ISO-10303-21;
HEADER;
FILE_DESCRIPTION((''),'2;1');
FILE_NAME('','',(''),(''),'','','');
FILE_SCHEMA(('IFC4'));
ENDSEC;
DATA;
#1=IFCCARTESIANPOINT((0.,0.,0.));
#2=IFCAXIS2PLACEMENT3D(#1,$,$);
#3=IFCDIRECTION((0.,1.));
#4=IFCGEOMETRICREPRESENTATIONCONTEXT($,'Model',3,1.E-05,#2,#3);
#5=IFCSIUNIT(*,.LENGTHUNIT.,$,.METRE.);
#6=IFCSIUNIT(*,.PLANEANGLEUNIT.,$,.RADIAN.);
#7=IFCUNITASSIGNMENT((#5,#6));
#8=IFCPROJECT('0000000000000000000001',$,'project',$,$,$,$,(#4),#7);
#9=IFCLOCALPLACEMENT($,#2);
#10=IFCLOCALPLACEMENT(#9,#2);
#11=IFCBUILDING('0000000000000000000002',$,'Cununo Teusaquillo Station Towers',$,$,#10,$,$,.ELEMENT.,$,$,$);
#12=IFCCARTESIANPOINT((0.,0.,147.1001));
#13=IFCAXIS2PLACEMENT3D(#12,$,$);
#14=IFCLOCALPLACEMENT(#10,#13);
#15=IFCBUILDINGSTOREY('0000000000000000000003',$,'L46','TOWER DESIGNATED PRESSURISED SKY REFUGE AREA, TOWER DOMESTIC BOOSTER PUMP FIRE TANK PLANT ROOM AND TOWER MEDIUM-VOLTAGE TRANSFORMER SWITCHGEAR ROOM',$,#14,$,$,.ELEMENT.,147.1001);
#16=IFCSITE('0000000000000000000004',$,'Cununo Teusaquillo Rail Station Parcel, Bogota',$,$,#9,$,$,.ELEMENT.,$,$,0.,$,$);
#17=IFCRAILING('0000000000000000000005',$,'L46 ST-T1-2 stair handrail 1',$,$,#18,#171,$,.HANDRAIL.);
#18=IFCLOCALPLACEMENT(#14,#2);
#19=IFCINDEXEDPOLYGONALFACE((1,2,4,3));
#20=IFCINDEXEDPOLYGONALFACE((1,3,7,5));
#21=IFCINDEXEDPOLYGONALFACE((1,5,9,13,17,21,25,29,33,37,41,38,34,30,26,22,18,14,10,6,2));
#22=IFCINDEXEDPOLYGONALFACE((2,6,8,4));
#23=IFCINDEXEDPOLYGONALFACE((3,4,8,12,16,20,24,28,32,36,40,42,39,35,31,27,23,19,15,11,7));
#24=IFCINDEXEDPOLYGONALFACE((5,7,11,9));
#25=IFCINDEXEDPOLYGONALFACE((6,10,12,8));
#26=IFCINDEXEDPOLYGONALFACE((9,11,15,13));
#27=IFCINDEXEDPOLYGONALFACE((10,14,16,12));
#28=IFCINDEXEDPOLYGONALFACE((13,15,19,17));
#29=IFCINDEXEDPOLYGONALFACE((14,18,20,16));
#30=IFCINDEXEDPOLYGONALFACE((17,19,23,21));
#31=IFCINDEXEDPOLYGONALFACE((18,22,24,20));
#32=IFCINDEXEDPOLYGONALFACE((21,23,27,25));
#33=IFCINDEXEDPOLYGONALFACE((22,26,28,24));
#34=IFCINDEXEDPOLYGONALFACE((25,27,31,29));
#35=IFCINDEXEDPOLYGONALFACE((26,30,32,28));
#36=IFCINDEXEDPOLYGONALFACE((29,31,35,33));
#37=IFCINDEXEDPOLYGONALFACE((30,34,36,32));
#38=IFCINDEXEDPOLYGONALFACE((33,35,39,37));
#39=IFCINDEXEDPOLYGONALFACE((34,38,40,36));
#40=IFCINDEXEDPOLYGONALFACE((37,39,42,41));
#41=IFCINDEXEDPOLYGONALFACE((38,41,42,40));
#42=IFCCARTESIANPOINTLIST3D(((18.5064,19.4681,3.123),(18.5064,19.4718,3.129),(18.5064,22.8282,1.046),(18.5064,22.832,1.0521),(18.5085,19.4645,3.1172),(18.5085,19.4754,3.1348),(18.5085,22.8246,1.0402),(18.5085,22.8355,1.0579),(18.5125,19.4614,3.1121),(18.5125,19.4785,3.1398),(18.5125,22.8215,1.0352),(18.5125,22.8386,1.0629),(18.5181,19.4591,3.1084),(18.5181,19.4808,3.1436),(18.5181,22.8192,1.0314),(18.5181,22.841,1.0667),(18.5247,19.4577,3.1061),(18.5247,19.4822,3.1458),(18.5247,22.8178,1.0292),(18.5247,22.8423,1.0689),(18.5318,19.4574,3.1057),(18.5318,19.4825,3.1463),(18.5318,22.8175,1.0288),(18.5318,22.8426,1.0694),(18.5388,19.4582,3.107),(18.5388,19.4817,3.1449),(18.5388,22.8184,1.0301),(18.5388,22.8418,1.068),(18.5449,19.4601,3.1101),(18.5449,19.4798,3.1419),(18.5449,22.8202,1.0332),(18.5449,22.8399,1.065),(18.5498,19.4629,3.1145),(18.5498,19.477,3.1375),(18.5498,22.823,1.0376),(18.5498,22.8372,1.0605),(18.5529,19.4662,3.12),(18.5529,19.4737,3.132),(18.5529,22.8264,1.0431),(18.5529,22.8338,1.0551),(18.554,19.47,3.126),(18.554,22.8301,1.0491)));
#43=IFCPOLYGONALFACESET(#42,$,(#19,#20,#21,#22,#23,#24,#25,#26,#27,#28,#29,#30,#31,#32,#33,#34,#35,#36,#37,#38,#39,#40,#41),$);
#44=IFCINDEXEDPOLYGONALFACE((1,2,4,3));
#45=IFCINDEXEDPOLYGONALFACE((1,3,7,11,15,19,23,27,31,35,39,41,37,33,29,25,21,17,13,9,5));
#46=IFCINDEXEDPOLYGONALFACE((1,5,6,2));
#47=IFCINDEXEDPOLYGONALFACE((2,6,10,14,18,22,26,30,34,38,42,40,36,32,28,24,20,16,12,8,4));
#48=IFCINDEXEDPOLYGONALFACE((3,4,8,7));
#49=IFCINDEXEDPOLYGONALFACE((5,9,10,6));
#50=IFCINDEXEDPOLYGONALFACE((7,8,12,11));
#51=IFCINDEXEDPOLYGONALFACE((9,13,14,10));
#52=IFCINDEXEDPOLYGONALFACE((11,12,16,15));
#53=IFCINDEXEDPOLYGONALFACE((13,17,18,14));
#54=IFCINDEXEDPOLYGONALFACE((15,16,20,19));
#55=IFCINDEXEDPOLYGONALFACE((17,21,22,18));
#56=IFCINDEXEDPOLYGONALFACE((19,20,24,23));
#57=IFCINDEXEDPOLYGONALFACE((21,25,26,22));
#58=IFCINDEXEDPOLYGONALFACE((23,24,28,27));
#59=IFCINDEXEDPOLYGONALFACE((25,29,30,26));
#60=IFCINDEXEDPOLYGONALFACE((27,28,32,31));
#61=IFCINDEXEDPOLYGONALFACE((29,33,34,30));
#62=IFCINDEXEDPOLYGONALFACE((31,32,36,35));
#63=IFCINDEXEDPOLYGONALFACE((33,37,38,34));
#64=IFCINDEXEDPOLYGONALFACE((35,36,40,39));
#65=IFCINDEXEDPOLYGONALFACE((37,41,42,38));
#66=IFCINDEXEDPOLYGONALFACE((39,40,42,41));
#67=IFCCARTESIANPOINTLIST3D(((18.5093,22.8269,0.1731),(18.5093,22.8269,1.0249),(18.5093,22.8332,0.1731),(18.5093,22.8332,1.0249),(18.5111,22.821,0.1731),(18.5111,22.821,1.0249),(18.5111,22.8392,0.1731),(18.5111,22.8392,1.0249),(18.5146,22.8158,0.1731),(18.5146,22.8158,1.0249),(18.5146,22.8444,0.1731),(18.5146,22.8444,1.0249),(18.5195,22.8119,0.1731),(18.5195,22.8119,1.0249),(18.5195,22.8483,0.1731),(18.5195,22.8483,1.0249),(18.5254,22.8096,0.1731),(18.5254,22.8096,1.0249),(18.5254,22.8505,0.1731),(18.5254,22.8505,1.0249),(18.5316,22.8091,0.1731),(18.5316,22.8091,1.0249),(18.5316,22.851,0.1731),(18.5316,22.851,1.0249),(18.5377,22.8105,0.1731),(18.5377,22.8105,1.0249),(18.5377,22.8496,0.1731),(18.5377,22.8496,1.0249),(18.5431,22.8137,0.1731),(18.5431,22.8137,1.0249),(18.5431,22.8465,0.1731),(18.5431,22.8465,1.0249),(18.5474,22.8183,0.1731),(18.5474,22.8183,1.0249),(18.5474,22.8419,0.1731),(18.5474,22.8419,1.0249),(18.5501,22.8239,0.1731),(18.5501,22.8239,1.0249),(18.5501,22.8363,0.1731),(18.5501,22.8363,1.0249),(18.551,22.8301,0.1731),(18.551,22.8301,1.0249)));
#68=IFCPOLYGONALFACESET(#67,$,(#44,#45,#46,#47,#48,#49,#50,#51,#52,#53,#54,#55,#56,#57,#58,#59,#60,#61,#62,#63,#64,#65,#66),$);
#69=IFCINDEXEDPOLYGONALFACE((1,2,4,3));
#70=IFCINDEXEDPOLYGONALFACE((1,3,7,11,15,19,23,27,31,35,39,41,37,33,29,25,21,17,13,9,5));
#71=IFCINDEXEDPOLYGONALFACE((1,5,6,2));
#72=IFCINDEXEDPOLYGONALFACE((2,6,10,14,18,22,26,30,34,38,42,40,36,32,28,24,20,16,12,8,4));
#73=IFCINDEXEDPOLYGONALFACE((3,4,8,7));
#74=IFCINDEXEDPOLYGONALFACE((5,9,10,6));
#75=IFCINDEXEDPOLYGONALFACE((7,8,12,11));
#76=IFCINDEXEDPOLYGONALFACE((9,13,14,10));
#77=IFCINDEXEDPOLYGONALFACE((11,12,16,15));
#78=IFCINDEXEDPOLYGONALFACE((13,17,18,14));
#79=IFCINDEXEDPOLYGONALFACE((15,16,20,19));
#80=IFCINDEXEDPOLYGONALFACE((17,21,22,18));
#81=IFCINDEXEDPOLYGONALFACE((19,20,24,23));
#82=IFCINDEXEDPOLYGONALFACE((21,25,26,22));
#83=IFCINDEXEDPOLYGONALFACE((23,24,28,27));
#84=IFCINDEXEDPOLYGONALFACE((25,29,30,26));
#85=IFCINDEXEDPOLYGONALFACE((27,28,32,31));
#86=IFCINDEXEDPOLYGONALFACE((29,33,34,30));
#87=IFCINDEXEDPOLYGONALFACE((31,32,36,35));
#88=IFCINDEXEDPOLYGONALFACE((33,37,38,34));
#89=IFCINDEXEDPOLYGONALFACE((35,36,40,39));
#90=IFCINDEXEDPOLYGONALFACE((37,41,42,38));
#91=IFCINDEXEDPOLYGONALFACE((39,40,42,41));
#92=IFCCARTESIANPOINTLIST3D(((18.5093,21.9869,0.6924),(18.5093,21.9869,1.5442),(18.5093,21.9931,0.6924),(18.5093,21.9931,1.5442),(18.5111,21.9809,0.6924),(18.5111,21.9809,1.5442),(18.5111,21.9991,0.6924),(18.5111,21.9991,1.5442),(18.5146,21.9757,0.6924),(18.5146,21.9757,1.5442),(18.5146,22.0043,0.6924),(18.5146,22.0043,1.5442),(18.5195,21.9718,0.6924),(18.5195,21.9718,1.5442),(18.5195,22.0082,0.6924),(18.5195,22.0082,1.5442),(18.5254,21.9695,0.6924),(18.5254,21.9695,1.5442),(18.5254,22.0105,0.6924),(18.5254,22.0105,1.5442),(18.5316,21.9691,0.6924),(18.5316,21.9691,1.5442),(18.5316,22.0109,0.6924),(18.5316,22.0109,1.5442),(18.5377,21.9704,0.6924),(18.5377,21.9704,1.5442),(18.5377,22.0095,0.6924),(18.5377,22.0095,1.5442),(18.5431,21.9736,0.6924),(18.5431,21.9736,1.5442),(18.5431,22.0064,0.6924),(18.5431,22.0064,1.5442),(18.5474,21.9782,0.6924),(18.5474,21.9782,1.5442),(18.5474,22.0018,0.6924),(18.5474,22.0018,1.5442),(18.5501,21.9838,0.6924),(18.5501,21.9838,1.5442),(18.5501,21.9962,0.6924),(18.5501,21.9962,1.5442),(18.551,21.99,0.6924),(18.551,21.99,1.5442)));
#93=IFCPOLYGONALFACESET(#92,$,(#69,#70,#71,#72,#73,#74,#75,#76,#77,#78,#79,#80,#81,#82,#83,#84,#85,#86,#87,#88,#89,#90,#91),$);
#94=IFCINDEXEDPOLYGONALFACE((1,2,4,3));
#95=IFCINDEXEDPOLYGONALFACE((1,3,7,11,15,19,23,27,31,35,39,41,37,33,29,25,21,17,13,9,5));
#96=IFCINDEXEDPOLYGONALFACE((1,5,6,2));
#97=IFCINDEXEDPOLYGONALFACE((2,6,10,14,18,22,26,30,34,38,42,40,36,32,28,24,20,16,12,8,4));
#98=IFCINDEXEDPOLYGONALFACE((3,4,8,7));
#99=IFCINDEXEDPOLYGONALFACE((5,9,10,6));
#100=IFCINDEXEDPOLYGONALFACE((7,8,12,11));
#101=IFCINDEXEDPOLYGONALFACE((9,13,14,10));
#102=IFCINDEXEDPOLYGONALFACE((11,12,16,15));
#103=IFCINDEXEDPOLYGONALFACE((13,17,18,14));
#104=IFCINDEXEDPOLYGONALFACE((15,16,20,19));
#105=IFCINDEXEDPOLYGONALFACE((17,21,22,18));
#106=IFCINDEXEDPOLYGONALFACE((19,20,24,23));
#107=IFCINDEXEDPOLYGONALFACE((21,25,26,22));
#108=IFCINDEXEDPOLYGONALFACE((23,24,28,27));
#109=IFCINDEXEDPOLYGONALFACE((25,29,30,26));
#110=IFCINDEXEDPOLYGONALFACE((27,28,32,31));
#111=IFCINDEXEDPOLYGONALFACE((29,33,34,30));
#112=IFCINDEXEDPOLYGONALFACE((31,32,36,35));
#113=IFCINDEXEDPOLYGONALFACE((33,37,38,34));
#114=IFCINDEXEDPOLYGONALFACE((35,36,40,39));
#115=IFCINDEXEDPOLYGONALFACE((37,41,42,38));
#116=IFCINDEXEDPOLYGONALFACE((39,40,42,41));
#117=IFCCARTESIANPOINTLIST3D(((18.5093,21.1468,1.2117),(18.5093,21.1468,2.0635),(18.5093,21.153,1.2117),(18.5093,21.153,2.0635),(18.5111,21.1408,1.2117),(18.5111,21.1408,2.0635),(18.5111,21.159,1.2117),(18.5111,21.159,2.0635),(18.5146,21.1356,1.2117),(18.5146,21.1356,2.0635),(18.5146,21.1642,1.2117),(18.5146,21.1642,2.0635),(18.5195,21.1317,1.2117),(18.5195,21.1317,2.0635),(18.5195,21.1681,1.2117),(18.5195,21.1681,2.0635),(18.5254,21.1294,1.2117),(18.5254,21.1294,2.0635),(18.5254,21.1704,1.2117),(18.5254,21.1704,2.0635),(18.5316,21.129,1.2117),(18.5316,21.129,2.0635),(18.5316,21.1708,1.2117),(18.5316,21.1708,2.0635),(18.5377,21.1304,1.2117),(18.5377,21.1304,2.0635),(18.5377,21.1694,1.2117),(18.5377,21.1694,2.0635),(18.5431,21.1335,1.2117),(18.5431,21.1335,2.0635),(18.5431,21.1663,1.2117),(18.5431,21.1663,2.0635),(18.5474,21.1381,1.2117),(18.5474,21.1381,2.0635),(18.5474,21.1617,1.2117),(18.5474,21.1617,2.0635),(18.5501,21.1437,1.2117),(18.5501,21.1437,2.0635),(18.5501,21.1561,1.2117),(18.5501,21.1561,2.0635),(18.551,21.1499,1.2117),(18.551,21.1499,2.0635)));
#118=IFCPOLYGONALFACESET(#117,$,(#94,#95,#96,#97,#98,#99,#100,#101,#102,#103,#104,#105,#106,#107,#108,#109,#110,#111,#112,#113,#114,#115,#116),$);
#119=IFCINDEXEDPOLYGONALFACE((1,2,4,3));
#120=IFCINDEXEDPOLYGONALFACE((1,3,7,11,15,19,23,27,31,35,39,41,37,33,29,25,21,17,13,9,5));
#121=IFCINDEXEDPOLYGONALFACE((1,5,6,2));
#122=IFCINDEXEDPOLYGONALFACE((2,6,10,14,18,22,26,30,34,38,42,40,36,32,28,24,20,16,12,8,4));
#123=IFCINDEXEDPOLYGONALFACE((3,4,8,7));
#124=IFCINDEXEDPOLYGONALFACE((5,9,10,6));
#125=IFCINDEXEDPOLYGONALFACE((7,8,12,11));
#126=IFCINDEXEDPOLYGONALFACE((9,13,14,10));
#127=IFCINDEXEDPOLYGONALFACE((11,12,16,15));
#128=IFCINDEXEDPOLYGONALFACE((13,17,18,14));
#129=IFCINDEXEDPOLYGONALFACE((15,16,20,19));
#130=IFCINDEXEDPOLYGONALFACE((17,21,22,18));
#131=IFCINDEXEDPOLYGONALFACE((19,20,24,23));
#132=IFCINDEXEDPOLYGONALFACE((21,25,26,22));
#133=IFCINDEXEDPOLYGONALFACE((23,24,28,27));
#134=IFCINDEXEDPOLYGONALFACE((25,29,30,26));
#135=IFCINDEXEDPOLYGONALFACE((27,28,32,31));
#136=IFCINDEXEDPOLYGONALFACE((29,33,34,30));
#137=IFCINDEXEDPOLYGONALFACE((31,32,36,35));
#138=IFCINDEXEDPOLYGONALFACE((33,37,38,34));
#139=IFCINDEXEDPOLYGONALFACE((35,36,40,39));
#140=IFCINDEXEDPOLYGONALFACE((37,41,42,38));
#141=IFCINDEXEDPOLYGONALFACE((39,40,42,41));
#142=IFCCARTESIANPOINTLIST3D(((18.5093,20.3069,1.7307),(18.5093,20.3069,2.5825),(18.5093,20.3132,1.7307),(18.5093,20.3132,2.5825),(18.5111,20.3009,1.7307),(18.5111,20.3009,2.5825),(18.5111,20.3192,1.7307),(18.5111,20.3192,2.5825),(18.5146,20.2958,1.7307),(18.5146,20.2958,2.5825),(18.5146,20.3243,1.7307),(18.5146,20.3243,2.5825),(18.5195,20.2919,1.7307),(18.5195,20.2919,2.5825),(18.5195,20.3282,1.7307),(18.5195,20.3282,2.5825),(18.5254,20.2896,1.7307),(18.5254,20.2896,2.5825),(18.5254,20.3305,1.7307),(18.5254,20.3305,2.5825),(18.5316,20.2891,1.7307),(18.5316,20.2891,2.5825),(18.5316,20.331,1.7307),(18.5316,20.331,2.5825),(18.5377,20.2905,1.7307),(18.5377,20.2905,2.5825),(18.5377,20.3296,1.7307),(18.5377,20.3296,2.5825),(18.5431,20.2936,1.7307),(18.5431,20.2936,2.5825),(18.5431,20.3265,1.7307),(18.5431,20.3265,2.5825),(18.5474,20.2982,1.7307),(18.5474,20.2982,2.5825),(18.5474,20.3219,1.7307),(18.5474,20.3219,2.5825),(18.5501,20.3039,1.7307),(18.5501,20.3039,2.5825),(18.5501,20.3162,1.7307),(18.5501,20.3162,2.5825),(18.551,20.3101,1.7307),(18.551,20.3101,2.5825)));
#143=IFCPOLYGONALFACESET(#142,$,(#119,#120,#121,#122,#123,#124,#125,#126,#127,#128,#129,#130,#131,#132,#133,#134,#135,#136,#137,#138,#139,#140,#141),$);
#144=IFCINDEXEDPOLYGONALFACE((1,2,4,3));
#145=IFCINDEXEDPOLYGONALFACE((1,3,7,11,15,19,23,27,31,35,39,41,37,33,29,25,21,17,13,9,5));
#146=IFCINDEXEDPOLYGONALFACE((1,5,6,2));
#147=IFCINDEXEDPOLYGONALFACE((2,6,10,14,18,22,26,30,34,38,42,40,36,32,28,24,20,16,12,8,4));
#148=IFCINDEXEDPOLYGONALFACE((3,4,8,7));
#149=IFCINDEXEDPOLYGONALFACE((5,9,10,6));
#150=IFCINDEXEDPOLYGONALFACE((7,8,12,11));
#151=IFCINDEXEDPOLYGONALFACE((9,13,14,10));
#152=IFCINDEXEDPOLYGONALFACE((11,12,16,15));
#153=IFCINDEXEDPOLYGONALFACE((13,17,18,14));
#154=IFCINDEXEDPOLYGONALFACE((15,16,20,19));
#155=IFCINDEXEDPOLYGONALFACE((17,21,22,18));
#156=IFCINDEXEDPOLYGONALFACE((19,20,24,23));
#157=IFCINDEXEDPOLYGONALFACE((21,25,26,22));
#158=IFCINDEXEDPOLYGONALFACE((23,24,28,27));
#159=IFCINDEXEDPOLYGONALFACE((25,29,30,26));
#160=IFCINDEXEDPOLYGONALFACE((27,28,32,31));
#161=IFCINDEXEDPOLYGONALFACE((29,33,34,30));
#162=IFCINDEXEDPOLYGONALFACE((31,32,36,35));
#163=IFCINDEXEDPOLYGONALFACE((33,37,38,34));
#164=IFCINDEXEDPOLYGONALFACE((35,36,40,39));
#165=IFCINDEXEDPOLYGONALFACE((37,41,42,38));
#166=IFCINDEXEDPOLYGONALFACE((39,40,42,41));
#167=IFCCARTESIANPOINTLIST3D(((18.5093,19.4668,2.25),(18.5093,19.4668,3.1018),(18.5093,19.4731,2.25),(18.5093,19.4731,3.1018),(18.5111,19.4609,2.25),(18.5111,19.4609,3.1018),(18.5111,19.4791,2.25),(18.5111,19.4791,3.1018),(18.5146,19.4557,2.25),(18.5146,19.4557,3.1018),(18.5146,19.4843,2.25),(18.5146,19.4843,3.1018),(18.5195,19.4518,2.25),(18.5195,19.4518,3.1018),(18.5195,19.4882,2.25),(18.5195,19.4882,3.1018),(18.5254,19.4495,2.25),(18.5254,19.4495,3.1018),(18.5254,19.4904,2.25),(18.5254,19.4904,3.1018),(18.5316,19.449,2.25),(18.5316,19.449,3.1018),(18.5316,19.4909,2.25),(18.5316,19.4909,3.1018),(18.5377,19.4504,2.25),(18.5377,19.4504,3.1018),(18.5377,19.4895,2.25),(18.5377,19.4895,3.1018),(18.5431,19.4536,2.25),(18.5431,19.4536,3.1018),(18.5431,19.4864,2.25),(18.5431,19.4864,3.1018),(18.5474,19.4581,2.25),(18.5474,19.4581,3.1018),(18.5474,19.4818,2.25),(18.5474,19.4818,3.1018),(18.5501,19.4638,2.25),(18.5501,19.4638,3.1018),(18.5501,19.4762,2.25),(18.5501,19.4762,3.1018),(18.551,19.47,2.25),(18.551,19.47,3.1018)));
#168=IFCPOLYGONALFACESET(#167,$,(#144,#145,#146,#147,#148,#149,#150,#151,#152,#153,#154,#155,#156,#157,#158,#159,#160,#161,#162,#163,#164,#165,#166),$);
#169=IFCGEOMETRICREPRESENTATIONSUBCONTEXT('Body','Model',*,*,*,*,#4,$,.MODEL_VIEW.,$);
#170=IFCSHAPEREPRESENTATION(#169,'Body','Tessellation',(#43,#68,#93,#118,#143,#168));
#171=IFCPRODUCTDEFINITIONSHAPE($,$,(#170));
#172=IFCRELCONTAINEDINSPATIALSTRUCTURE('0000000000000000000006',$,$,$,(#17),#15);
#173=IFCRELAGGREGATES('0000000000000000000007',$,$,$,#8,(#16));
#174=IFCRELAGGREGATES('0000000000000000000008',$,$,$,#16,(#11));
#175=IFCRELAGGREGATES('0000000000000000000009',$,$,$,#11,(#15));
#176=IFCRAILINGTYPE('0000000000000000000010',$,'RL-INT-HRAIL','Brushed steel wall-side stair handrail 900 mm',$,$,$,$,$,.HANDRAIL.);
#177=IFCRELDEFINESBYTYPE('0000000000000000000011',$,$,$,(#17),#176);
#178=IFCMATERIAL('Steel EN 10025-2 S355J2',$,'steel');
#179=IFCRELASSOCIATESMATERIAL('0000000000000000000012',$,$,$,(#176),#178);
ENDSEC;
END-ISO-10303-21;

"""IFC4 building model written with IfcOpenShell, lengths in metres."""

from ifc_helpers import new_model, si_unit, direction, frame, origin, origin_2d, place, context, subcontext, project, spatial, circle, extrude, material, type_object, element, save


model = new_model("IFC4")

# Units and contexts
model_context = context("Model", 3, precision=1e-05, world=origin(), true_north=direction((0.0, 1.0)))
body_context = subcontext(model_context, "Body", "Model", "MODEL_VIEW")
ifc_project = project(units=[si_unit("LENGTHUNIT", "METRE"), si_unit("PLANEANGLEUNIT", "RADIAN")], contexts=[model_context])

# Site, building, storey
site_placement = place(None, origin())
site = spatial("IfcSite", under=ifc_project, at=site_placement, Name="Cununo Teusaquillo Rail Station Parcel, Bogota", CompositionType="ELEMENT", RefElevation=0.0)
building_placement = place(site_placement, origin())
building = spatial("IfcBuilding", under=site, at=building_placement, Name="Cununo Teusaquillo Station Towers", CompositionType="ELEMENT")
storey_placement = place(building_placement, frame((0.0, 0.0, 147.1001)))
storey = spatial("IfcBuildingStorey", under=building, at=storey_placement, Name="L46", Description="TOWER DESIGNATED PRESSURISED SKY REFUGE AREA, TOWER DOMESTIC BOOSTER PUMP FIRE TANK PLANT ROOM AND TOWER MEDIUM-VOLTAGE TRANSFORMER SWITCHGEAR ROOM", CompositionType="ELEMENT", Elevation=147.1001)

# Railing
ifc_material_1 = material(Name="Steel EN 10025-2 S355J2", Category="steel")
railing_type_1 = type_object("IfcRailingType", Name="RL-INT-HRAIL", Description="Brushed steel wall-side stair handrail 900 mm", PredefinedType="HANDRAIL", material=ifc_material_1)
railing_1_placement = place(storey_placement, frame((18.53, 22.8301, 0.1731)))
element("IfcRailing", 1, at=railing_1_placement, inside=storey, type_object=railing_type_1, Name="L46 ST-T1-2 stair handrail 1", PredefinedType="HANDRAIL", context=body_context, shape_type="SweptSolid", body=[
    extrude(circle(Radius=0.0239, at=origin_2d()), frame((0.0, 0.0, 0.876), z_axis=(0.0, -0.850623, 0.525776), x_axis=(1.0, 0.0, 0.0)), (0.0, 0.0, 1.0), 3.9502),
    extrude(circle(Radius=0.021, at=origin_2d()), origin(), (0.0, 0.0, 1.0), 0.8518),
    extrude(circle(Radius=0.021, at=origin_2d()), frame((0.0, -0.8401, 0.5193)), (0.0, 0.0, 1.0), 0.8518),
    extrude(circle(Radius=0.021, at=origin_2d()), frame((0.0, -1.6802, 1.0386)), (0.0, 0.0, 1.0), 0.8518),
    extrude(circle(Radius=0.021, at=origin_2d()), frame((0.0, -2.52, 1.5576)), (0.0, 0.0, 1.0), 0.8518),
    extrude(circle(Radius=0.021, at=origin_2d()), frame((0.0, -3.3601, 2.0769)), (0.0, 0.0, 1.0), 0.8518),
])

save(model, "model.ifc")
